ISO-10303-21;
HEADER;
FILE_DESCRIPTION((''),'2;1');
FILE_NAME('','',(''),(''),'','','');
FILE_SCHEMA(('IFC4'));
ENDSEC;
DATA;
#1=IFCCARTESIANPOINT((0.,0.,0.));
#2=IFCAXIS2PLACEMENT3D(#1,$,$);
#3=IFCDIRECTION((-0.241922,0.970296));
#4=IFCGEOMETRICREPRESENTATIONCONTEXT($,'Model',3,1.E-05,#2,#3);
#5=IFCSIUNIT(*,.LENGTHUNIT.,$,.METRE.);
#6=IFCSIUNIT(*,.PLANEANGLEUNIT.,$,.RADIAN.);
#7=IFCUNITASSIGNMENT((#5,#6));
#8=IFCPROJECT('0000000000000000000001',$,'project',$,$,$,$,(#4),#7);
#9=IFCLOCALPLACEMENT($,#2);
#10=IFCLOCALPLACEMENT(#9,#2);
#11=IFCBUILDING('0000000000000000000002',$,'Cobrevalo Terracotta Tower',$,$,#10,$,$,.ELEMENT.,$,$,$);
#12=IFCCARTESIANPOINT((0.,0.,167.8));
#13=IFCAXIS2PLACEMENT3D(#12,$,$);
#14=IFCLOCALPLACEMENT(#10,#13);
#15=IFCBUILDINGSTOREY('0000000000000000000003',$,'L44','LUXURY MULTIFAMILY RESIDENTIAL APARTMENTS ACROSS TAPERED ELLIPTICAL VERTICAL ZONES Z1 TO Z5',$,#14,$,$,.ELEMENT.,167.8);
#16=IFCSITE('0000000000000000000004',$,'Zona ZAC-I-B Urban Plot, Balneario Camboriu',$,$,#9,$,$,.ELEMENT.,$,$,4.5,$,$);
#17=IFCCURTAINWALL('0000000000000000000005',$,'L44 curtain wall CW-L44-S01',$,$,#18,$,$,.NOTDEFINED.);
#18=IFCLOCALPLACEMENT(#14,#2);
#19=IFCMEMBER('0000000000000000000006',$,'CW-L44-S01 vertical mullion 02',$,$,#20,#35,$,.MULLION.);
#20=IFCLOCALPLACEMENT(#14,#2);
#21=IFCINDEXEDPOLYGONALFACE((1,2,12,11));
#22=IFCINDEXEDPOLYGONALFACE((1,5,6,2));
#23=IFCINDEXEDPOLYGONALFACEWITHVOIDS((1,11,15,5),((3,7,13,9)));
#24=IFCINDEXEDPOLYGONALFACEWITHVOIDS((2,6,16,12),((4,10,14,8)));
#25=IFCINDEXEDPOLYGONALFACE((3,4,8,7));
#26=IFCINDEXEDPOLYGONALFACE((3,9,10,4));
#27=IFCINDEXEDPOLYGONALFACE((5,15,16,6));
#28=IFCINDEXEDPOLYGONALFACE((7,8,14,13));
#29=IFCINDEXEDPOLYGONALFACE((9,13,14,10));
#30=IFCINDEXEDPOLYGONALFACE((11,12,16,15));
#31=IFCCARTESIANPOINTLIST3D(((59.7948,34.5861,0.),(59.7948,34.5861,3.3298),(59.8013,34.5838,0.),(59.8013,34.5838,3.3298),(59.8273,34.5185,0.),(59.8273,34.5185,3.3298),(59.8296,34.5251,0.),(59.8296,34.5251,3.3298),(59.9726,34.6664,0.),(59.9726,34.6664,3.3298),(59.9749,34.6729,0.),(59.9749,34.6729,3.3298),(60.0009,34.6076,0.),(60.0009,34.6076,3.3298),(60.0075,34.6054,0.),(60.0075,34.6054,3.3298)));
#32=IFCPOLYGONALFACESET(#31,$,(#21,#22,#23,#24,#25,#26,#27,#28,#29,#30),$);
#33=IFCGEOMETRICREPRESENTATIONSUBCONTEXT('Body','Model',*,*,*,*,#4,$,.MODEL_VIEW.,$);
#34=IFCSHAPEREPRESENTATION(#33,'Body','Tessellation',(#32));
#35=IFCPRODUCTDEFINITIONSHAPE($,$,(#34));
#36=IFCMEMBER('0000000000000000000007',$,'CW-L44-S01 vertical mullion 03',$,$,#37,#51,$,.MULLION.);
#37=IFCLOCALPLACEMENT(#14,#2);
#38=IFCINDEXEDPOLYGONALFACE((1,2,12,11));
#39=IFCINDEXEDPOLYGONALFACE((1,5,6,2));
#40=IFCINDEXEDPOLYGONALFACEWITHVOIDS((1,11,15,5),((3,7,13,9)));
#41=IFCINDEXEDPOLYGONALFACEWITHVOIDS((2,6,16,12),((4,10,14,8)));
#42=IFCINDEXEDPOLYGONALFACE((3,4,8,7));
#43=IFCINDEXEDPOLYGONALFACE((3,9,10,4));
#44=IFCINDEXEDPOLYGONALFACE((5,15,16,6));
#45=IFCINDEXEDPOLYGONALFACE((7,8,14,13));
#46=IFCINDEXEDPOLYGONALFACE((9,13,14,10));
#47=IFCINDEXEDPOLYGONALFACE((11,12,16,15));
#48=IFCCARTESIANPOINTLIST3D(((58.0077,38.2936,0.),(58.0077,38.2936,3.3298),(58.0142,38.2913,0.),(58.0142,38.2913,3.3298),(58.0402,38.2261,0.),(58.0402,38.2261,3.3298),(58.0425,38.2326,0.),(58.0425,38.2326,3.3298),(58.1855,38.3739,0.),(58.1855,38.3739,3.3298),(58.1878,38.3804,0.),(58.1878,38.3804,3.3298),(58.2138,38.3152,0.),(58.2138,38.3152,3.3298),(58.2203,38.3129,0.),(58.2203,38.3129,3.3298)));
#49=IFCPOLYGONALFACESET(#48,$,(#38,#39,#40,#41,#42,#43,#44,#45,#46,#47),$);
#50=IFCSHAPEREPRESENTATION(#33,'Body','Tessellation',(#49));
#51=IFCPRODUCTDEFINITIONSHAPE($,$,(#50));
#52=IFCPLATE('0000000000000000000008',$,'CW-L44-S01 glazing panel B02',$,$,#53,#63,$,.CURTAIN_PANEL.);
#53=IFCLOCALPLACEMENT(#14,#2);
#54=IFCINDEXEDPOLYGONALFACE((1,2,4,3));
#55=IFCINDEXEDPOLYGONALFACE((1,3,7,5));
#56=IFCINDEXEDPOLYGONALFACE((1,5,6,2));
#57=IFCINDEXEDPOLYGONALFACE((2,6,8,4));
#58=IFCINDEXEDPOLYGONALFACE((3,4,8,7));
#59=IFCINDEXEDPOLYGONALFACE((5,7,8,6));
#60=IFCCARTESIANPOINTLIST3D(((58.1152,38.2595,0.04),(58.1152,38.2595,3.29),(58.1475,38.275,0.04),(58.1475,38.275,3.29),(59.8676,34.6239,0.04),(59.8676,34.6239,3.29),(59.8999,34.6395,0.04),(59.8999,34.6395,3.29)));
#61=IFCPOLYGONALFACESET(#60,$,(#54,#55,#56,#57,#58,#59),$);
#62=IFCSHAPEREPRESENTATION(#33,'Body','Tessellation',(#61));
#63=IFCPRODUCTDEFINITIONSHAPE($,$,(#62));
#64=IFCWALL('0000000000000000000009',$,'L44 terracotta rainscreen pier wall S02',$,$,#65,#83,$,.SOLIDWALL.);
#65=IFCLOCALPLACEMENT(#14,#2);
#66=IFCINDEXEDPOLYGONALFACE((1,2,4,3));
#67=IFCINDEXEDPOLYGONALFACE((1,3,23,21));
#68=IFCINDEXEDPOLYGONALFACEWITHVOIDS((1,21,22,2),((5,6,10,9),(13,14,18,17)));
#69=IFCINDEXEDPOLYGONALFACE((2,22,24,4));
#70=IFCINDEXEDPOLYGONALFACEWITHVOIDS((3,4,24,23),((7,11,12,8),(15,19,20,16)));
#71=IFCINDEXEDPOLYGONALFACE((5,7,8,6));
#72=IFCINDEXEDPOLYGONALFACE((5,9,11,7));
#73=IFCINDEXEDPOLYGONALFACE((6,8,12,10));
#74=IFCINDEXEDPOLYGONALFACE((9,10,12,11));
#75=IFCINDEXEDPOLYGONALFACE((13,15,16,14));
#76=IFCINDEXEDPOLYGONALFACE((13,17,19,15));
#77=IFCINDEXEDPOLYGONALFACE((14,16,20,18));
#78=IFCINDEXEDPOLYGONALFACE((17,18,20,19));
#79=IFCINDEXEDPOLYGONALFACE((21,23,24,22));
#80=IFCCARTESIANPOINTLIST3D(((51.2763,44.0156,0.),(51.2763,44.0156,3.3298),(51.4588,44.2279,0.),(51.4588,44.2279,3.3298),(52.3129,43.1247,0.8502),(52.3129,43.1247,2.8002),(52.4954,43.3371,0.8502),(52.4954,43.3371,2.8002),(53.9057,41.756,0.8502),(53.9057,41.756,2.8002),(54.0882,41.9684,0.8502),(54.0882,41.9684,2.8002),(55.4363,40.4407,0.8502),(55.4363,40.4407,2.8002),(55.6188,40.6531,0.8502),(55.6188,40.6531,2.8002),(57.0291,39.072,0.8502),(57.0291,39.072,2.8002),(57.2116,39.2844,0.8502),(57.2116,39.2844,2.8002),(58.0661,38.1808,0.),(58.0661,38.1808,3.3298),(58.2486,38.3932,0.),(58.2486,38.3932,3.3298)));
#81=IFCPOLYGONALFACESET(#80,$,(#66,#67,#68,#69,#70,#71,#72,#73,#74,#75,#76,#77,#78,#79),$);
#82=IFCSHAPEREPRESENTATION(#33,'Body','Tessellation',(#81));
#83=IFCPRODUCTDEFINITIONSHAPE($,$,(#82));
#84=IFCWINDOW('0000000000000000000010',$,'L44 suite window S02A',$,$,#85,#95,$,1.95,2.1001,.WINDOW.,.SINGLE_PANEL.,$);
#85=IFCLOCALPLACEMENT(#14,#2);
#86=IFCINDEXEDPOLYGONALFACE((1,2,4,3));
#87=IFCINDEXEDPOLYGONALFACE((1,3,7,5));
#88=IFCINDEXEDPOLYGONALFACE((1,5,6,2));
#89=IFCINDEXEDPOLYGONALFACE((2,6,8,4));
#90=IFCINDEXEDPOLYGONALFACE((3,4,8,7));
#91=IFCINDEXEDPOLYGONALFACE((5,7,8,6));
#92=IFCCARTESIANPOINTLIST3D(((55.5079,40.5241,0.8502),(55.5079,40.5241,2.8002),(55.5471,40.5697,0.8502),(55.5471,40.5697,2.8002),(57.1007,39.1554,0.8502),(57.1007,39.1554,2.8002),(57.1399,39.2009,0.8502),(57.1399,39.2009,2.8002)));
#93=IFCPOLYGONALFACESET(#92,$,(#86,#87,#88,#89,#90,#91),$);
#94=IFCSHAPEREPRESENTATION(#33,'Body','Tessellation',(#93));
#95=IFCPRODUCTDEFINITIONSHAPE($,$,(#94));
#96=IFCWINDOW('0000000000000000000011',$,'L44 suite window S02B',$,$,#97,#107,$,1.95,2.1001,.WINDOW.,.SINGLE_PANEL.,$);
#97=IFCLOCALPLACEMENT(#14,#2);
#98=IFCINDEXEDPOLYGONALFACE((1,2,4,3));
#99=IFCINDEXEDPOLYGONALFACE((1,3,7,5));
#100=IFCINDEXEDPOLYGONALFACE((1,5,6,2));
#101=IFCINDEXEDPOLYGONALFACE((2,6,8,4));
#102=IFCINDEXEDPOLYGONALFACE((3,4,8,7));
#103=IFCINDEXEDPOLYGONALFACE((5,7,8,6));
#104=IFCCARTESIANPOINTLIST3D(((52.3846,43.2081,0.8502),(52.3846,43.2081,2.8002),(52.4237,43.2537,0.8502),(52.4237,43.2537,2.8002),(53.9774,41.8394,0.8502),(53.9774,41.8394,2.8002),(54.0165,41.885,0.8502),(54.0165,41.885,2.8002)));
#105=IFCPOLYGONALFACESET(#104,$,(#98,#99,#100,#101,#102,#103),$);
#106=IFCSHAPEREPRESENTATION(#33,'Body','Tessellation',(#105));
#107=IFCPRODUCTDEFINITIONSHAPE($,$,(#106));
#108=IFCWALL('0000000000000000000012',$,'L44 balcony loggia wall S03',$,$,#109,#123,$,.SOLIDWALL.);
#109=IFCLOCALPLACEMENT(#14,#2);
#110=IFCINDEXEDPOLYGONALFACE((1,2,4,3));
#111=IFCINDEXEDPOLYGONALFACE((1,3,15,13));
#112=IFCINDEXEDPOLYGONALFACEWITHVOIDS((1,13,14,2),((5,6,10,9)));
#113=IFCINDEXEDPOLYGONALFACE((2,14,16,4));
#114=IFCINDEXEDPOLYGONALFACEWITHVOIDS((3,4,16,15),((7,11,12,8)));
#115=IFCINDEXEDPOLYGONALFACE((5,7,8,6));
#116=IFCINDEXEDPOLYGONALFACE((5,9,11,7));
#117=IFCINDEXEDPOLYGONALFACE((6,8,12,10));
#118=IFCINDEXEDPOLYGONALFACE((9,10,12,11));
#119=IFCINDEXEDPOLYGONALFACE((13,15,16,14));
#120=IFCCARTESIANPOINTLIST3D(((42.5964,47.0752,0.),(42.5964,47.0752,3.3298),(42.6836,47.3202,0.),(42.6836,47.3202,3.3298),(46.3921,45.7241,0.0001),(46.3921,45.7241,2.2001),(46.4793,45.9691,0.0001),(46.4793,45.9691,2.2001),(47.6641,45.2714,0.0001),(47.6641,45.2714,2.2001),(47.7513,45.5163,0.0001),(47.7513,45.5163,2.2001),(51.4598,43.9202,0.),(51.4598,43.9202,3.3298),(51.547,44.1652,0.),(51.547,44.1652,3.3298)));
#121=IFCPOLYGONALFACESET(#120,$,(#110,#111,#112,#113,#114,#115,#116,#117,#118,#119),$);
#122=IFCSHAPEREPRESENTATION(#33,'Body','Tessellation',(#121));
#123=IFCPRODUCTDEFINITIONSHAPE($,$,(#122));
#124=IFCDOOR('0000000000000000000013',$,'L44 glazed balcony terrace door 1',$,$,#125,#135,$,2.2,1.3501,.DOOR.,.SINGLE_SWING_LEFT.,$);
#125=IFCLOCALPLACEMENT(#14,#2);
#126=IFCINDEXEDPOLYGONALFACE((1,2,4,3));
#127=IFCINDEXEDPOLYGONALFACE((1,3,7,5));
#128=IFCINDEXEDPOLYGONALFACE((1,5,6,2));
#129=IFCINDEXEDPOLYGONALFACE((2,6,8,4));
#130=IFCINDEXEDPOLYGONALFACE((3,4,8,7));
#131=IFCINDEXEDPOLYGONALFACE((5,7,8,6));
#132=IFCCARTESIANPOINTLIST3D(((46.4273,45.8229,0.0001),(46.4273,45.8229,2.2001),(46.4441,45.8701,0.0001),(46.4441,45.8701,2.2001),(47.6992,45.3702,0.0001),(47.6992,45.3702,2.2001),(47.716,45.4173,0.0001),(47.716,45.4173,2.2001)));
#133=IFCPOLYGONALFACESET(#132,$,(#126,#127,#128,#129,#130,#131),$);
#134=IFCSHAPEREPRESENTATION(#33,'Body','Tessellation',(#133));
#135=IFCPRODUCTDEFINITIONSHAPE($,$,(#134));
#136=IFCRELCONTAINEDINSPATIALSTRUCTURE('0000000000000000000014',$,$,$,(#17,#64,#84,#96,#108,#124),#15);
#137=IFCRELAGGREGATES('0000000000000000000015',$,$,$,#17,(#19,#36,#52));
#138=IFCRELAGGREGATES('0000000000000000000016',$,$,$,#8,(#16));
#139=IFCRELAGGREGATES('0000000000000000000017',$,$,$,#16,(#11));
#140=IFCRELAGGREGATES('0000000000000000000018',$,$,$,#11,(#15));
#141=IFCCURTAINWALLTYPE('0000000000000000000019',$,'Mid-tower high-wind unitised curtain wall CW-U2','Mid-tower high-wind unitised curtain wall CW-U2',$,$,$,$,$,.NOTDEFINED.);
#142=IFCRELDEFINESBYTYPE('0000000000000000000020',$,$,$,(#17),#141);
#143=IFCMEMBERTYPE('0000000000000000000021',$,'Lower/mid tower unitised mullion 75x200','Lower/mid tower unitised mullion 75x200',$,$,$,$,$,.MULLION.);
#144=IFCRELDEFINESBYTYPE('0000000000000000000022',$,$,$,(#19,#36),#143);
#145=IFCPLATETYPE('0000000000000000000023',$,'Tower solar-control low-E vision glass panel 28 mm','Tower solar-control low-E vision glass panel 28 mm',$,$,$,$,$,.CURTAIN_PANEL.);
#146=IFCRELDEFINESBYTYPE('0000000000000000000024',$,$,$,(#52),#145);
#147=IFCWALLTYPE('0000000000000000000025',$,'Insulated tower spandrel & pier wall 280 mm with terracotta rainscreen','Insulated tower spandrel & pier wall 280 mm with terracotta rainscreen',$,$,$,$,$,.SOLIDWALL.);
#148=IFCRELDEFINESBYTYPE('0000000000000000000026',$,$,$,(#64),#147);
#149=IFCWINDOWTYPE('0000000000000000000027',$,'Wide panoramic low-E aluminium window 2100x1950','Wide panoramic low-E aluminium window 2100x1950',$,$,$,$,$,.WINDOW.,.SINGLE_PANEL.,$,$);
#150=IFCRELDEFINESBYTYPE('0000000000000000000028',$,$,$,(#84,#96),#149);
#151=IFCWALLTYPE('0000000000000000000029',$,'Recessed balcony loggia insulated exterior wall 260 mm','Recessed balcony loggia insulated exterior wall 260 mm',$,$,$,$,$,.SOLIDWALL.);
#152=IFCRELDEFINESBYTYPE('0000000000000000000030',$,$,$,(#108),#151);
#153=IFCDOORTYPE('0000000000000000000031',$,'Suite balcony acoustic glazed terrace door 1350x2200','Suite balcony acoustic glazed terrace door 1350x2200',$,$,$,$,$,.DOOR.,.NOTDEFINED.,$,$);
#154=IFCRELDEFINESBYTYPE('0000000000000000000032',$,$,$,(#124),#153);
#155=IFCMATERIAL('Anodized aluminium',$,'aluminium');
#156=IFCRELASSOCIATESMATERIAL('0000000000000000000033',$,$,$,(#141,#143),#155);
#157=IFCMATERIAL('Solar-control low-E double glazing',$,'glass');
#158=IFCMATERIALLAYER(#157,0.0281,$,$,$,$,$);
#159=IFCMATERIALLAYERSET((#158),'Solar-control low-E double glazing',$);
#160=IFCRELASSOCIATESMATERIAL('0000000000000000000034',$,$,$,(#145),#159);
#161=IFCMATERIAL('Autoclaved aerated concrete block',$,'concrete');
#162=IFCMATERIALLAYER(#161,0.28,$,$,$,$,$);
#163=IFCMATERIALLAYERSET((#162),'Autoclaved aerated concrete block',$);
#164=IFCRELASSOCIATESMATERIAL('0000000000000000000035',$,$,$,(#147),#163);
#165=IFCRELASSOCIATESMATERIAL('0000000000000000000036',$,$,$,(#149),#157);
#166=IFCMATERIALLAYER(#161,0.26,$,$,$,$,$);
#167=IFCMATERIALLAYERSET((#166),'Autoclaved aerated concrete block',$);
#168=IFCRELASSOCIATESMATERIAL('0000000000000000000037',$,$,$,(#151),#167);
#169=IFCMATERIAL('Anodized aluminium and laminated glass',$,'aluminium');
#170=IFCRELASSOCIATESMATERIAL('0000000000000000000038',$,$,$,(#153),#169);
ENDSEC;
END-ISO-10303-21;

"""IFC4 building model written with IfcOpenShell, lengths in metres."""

from ifc_helpers import new_model, si_unit, direction, frame, frame_2d, origin, origin_2d, place, context, subcontext, project, spatial, rectangle, hollow_rectangle, extrude, source, transform, mapped, material, layer, layer_set, material_profile, profile_set, type_object, element, fill, aggregate, save


model = new_model("IFC4")

# Units and contexts
model_context = context("Model", 3, precision=1e-05, world=origin(), true_north=direction((-0.241922, 0.970296)))
body_context = subcontext(model_context, "Body", "Model", "MODEL_VIEW")
ifc_project = project(units=[si_unit("LENGTHUNIT", "METRE"), si_unit("PLANEANGLEUNIT", "RADIAN")], contexts=[model_context])

# Site, building, storey
site_placement = place(None, origin())
site = spatial("IfcSite", under=ifc_project, at=site_placement, Name="Zona ZAC-I-B Urban Plot, Balneario Camboriu", CompositionType="ELEMENT", RefElevation=4.5)
building_placement = place(site_placement, origin())
building = spatial("IfcBuilding", under=site, at=building_placement, Name="Cobrevalo Terracotta Tower", CompositionType="ELEMENT")
storey_placement = place(building_placement, frame((0.0, 0.0, 167.8)))
storey = spatial("IfcBuildingStorey", under=building, at=storey_placement, Name="L44", Description="LUXURY MULTIFAMILY RESIDENTIAL APARTMENTS ACROSS TAPERED ELLIPTICAL VERTICAL ZONES Z1 TO Z5", CompositionType="ELEMENT", Elevation=167.8)

# Curtain wall, members, plate
ifc_material_1 = material(Name="Anodized aluminium", Category="aluminium")
curtain_wall_type = type_object("IfcCurtainWallType", Name="Mid-tower high-wind unitised curtain wall CW-U2", Description="Mid-tower high-wind unitised curtain wall CW-U2", PredefinedType="NOTDEFINED", material=ifc_material_1)
curtain_wall_placement = place(storey_placement, origin())
curtain_wall = element("IfcCurtainWall", 1, at=curtain_wall_placement, inside=storey, type_object=curtain_wall_type, Name="L44 curtain wall CW-L44-S01", PredefinedType="NOTDEFINED")
ifc_material_profile_1 = material_profile(ifc_material_1, hollow_rectangle(XDim=0.075, YDim=0.2, WallThickness=0.0049, at=origin_2d()), Name="CWM 75x200")
ifc_profile_set_1 = profile_set([ifc_material_profile_1], Name="Anodized aluminium")
member_type_1 = type_object("IfcMemberType", Name="Lower/mid tower unitised mullion 75x200", Description="Lower/mid tower unitised mullion 75x200", PredefinedType="MULLION", material=ifc_profile_set_1)
shared_shape_1 = source(origin(), body_context, "Body", "SweptSolid", [
    extrude(hollow_rectangle(XDim=0.075, YDim=0.2, WallThickness=0.0049, at=origin_2d()), origin(), (0.0, 0.0, 1.0), 3.3298),
])
member_1_placement = place(storey_placement, frame((59.9011, 34.5957, 0.0), z_axis=(0.0, 0.0, 1.0), x_axis=(-0.434209, 0.900812, 0.0)))
member_1 = element("IfcMember", 2, at=member_1_placement, type_object=member_type_1, Name="CW-L44-S01 vertical mullion 02", PredefinedType="MULLION", context=body_context, shape_type="MappedRepresentation", body=[
    mapped(shared_shape_1, transform((0.0, 0.0, 0.0), scale=1.0)),
])
member_2_placement = place(storey_placement, frame((58.114, 38.3032, 0.0), z_axis=(0.0, 0.0, 1.0), x_axis=(-0.434209, 0.900812, 0.0)))
member_2 = element("IfcMember", 3, at=member_2_placement, type_object=member_type_1, Name="CW-L44-S01 vertical mullion 03", PredefinedType="MULLION", context=body_context, shape_type="MappedRepresentation", body=[
    mapped(shared_shape_1, transform((0.0, 0.0, 0.0), scale=1.0)),
])
ifc_material_2 = material(Name="Solar-control low-E double glazing", Category="glass")
ifc_layer_1 = layer(ifc_material_2, 0.0281)
ifc_layer_set_1 = layer_set([ifc_layer_1], Name="Solar-control low-E double glazing")
plate_type = type_object("IfcPlateType", Name="Tower solar-control low-E vision glass panel 28 mm", Description="Tower solar-control low-E vision glass panel 28 mm", PredefinedType="CURTAIN_PANEL", material=ifc_layer_set_1)
shared_shape_2 = source(origin(), body_context, "Body", "SweptSolid", [
    extrude(rectangle(XDim=4.0359, YDim=0.0359, at=origin_2d()), origin(), (0.0, 0.0, 1.0), 3.25),
])
plate_placement = place(storey_placement, frame((59.0076, 36.4495, 0.04), z_axis=(0.0, 0.0, 1.0), x_axis=(-0.434209, 0.900812, 0.0)))
plate = element("IfcPlate", 4, at=plate_placement, type_object=plate_type, Name="CW-L44-S01 glazing panel B02", PredefinedType="CURTAIN_PANEL", context=body_context, shape_type="MappedRepresentation", body=[
    mapped(shared_shape_2, transform((0.0, 0.0, 0.0), scale=1.0)),
])
aggregate(curtain_wall, [member_1, member_2, plate])

# Wall, openings, windows
ifc_material_3 = material(Name="Autoclaved aerated concrete block", Category="concrete")
ifc_layer_2 = layer(ifc_material_3, 0.28)
ifc_layer_set_2 = layer_set([ifc_layer_2], Name="Autoclaved aerated concrete block")
wall_type_1 = type_object("IfcWallType", Name="Insulated tower spandrel & pier wall 280 mm with terracotta rainscreen", Description="Insulated tower spandrel & pier wall 280 mm with terracotta rainscreen", PredefinedType="SOLIDWALL", material=ifc_layer_set_2)
wall_1_placement = place(storey_placement, frame((58.1572, 38.2871, 0.0), z_axis=(0.0, 0.0, 1.0), x_axis=(-0.758434, 0.65175, 0.0)))
wall_1 = element("IfcWall", 5, at=wall_1_placement, inside=storey, type_object=wall_type_1, Name="L44 terracotta rainscreen pier wall S02", PredefinedType="SOLIDWALL", context=body_context, shape_type="SweptSolid", body=[
    extrude(rectangle(XDim=8.9524, YDim=0.28, at=frame_2d((4.4761, 0.0))), origin(), (0.0, 0.0, 1.0), 3.3298),
])
opening_1_placement = place(wall_1_placement, frame((1.3672, 0.0, 0.8501)))
opening_1 = element("IfcOpeningElement", 6, at=opening_1_placement, cuts=wall_1, PredefinedType="OPENING", context=body_context, shape_type="SweptSolid", body=[
    extrude(rectangle(XDim=2.1001, YDim=1.95, at=frame_2d((1.05, 0.9751))), frame((0.0, 0.1499, 0.0), z_axis=(0.0, -1.0, 0.0), x_axis=(1.0, 0.0, 0.0)), (0.0, 0.0, 1.0), 0.3),
])
opening_2_placement = place(wall_1_placement, frame((5.4854, 0.0, 0.8501)))
opening_2 = element("IfcOpeningElement", 7, at=opening_2_placement, cuts=wall_1, PredefinedType="OPENING", context=body_context, shape_type="SweptSolid", body=[
    extrude(rectangle(XDim=2.1001, YDim=1.95, at=frame_2d((1.05, 0.9751))), frame((0.0, 0.1499, 0.0), z_axis=(0.0, -1.0, 0.0), x_axis=(1.0, 0.0, 0.0)), (0.0, 0.0, 1.0), 0.3),
])
window_type = type_object("IfcWindowType", Name="Wide panoramic low-E aluminium window 2100x1950", Description="Wide panoramic low-E aluminium window 2100x1950", PartitioningType="SINGLE_PANEL", PredefinedType="WINDOW", material=ifc_material_2)
shared_shape_3 = source(origin(), body_context, "Body", "SweptSolid", [
    extrude(rectangle(XDim=2.1001, YDim=1.95, at=frame_2d((1.05, 0.9751))), frame((0.0, 0.03, 0.0), z_axis=(0.0, -1.0, 0.0), x_axis=(1.0, 0.0, 0.0)), (0.0, 0.0, 1.0), 0.0601),
])
window_1_placement = place(opening_1_placement, origin())
window_1 = element("IfcWindow", 8, at=window_1_placement, inside=storey, type_object=window_type, Name="L44 suite window S02A", OverallHeight=1.95, OverallWidth=2.1001, PartitioningType="SINGLE_PANEL", PredefinedType="WINDOW", context=body_context, shape_type="MappedRepresentation", body=[
    mapped(shared_shape_3, transform((0.0, 0.0, 0.0), scale=1.0)),
])
fill(opening_1, window_1)
window_2_placement = place(opening_2_placement, origin())
window_2 = element("IfcWindow", 9, at=window_2_placement, inside=storey, type_object=window_type, Name="L44 suite window S02B", OverallHeight=1.95, OverallWidth=2.1001, PartitioningType="SINGLE_PANEL", PredefinedType="WINDOW", context=body_context, shape_type="MappedRepresentation", body=[
    mapped(shared_shape_3, transform((0.0, 0.0, 0.0), scale=1.0)),
])
fill(opening_2, window_2)

# Wall, opening, door
ifc_layer_3 = layer(ifc_material_3, 0.26)
ifc_layer_set_3 = layer_set([ifc_layer_3], Name="Autoclaved aerated concrete block")
wall_type_2 = type_object("IfcWallType", Name="Recessed balcony loggia insulated exterior wall 260 mm", Description="Recessed balcony loggia insulated exterior wall 260 mm", PredefinedType="SOLIDWALL", material=ifc_layer_set_3)
wall_2_placement = place(storey_placement, frame((51.5034, 44.0427, 0.0), z_axis=(0.0, 0.0, 1.0), x_axis=(-0.942095, 0.335345, 0.0)))
wall_2 = element("IfcWall", 10, at=wall_2_placement, inside=storey, type_object=wall_type_2, Name="L44 balcony loggia wall S03", PredefinedType="SOLIDWALL", context=body_context, shape_type="SweptSolid", body=[
    extrude(rectangle(XDim=9.4082, YDim=0.26, at=frame_2d((4.7041, 0.0))), origin(), (0.0, 0.0, 1.0), 3.3298),
])
opening_3_placement = place(wall_2_placement, frame((4.0291, 0.0, 0.0)))
opening_3 = element("IfcOpeningElement", 11, at=opening_3_placement, cuts=wall_2, PredefinedType="OPENING", context=body_context, shape_type="SweptSolid", body=[
    extrude(rectangle(XDim=1.3501, YDim=2.2, at=frame_2d((0.675, 1.1001))), frame((0.0, 0.1401, 0.0), z_axis=(0.0, -1.0, 0.0), x_axis=(1.0, 0.0, 0.0)), (0.0, 0.0, 1.0), 0.28),
])
ifc_material_4 = material(Name="Anodized aluminium and laminated glass", Category="aluminium")
door_type_1 = type_object("IfcDoorType", Name="Suite balcony acoustic glazed terrace door 1350x2200", Description="Suite balcony acoustic glazed terrace door 1350x2200", OperationType="NOTDEFINED", PredefinedType="DOOR", material=ifc_material_4)
shared_shape_4 = source(origin(), body_context, "Body", "SweptSolid", [
    extrude(rectangle(XDim=1.3501, YDim=2.2, at=frame_2d((0.675, 1.1001))), frame((0.0, 0.0249, 0.0), z_axis=(0.0, -1.0, 0.0), x_axis=(1.0, 0.0, 0.0)), (0.0, 0.0, 1.0), 0.05),
])
door_1_placement = place(opening_3_placement, frame((1.3501, 0.0, 0.0), z_axis=(0.0, 0.0, 1.0), x_axis=(-1.0, 0.0, 0.0)))
door_1 = element("IfcDoor", 12, at=door_1_placement, inside=storey, type_object=door_type_1, Name="L44 glazed balcony terrace door 1", OperationType="SINGLE_SWING_LEFT", OverallHeight=2.2, OverallWidth=1.3501, PredefinedType="DOOR", context=body_context, shape_type="MappedRepresentation", body=[
    mapped(shared_shape_4, transform((0.0, 0.0, 0.0), scale=1.0)),
])
fill(opening_3, door_1)

save(model, "model.ifc")
